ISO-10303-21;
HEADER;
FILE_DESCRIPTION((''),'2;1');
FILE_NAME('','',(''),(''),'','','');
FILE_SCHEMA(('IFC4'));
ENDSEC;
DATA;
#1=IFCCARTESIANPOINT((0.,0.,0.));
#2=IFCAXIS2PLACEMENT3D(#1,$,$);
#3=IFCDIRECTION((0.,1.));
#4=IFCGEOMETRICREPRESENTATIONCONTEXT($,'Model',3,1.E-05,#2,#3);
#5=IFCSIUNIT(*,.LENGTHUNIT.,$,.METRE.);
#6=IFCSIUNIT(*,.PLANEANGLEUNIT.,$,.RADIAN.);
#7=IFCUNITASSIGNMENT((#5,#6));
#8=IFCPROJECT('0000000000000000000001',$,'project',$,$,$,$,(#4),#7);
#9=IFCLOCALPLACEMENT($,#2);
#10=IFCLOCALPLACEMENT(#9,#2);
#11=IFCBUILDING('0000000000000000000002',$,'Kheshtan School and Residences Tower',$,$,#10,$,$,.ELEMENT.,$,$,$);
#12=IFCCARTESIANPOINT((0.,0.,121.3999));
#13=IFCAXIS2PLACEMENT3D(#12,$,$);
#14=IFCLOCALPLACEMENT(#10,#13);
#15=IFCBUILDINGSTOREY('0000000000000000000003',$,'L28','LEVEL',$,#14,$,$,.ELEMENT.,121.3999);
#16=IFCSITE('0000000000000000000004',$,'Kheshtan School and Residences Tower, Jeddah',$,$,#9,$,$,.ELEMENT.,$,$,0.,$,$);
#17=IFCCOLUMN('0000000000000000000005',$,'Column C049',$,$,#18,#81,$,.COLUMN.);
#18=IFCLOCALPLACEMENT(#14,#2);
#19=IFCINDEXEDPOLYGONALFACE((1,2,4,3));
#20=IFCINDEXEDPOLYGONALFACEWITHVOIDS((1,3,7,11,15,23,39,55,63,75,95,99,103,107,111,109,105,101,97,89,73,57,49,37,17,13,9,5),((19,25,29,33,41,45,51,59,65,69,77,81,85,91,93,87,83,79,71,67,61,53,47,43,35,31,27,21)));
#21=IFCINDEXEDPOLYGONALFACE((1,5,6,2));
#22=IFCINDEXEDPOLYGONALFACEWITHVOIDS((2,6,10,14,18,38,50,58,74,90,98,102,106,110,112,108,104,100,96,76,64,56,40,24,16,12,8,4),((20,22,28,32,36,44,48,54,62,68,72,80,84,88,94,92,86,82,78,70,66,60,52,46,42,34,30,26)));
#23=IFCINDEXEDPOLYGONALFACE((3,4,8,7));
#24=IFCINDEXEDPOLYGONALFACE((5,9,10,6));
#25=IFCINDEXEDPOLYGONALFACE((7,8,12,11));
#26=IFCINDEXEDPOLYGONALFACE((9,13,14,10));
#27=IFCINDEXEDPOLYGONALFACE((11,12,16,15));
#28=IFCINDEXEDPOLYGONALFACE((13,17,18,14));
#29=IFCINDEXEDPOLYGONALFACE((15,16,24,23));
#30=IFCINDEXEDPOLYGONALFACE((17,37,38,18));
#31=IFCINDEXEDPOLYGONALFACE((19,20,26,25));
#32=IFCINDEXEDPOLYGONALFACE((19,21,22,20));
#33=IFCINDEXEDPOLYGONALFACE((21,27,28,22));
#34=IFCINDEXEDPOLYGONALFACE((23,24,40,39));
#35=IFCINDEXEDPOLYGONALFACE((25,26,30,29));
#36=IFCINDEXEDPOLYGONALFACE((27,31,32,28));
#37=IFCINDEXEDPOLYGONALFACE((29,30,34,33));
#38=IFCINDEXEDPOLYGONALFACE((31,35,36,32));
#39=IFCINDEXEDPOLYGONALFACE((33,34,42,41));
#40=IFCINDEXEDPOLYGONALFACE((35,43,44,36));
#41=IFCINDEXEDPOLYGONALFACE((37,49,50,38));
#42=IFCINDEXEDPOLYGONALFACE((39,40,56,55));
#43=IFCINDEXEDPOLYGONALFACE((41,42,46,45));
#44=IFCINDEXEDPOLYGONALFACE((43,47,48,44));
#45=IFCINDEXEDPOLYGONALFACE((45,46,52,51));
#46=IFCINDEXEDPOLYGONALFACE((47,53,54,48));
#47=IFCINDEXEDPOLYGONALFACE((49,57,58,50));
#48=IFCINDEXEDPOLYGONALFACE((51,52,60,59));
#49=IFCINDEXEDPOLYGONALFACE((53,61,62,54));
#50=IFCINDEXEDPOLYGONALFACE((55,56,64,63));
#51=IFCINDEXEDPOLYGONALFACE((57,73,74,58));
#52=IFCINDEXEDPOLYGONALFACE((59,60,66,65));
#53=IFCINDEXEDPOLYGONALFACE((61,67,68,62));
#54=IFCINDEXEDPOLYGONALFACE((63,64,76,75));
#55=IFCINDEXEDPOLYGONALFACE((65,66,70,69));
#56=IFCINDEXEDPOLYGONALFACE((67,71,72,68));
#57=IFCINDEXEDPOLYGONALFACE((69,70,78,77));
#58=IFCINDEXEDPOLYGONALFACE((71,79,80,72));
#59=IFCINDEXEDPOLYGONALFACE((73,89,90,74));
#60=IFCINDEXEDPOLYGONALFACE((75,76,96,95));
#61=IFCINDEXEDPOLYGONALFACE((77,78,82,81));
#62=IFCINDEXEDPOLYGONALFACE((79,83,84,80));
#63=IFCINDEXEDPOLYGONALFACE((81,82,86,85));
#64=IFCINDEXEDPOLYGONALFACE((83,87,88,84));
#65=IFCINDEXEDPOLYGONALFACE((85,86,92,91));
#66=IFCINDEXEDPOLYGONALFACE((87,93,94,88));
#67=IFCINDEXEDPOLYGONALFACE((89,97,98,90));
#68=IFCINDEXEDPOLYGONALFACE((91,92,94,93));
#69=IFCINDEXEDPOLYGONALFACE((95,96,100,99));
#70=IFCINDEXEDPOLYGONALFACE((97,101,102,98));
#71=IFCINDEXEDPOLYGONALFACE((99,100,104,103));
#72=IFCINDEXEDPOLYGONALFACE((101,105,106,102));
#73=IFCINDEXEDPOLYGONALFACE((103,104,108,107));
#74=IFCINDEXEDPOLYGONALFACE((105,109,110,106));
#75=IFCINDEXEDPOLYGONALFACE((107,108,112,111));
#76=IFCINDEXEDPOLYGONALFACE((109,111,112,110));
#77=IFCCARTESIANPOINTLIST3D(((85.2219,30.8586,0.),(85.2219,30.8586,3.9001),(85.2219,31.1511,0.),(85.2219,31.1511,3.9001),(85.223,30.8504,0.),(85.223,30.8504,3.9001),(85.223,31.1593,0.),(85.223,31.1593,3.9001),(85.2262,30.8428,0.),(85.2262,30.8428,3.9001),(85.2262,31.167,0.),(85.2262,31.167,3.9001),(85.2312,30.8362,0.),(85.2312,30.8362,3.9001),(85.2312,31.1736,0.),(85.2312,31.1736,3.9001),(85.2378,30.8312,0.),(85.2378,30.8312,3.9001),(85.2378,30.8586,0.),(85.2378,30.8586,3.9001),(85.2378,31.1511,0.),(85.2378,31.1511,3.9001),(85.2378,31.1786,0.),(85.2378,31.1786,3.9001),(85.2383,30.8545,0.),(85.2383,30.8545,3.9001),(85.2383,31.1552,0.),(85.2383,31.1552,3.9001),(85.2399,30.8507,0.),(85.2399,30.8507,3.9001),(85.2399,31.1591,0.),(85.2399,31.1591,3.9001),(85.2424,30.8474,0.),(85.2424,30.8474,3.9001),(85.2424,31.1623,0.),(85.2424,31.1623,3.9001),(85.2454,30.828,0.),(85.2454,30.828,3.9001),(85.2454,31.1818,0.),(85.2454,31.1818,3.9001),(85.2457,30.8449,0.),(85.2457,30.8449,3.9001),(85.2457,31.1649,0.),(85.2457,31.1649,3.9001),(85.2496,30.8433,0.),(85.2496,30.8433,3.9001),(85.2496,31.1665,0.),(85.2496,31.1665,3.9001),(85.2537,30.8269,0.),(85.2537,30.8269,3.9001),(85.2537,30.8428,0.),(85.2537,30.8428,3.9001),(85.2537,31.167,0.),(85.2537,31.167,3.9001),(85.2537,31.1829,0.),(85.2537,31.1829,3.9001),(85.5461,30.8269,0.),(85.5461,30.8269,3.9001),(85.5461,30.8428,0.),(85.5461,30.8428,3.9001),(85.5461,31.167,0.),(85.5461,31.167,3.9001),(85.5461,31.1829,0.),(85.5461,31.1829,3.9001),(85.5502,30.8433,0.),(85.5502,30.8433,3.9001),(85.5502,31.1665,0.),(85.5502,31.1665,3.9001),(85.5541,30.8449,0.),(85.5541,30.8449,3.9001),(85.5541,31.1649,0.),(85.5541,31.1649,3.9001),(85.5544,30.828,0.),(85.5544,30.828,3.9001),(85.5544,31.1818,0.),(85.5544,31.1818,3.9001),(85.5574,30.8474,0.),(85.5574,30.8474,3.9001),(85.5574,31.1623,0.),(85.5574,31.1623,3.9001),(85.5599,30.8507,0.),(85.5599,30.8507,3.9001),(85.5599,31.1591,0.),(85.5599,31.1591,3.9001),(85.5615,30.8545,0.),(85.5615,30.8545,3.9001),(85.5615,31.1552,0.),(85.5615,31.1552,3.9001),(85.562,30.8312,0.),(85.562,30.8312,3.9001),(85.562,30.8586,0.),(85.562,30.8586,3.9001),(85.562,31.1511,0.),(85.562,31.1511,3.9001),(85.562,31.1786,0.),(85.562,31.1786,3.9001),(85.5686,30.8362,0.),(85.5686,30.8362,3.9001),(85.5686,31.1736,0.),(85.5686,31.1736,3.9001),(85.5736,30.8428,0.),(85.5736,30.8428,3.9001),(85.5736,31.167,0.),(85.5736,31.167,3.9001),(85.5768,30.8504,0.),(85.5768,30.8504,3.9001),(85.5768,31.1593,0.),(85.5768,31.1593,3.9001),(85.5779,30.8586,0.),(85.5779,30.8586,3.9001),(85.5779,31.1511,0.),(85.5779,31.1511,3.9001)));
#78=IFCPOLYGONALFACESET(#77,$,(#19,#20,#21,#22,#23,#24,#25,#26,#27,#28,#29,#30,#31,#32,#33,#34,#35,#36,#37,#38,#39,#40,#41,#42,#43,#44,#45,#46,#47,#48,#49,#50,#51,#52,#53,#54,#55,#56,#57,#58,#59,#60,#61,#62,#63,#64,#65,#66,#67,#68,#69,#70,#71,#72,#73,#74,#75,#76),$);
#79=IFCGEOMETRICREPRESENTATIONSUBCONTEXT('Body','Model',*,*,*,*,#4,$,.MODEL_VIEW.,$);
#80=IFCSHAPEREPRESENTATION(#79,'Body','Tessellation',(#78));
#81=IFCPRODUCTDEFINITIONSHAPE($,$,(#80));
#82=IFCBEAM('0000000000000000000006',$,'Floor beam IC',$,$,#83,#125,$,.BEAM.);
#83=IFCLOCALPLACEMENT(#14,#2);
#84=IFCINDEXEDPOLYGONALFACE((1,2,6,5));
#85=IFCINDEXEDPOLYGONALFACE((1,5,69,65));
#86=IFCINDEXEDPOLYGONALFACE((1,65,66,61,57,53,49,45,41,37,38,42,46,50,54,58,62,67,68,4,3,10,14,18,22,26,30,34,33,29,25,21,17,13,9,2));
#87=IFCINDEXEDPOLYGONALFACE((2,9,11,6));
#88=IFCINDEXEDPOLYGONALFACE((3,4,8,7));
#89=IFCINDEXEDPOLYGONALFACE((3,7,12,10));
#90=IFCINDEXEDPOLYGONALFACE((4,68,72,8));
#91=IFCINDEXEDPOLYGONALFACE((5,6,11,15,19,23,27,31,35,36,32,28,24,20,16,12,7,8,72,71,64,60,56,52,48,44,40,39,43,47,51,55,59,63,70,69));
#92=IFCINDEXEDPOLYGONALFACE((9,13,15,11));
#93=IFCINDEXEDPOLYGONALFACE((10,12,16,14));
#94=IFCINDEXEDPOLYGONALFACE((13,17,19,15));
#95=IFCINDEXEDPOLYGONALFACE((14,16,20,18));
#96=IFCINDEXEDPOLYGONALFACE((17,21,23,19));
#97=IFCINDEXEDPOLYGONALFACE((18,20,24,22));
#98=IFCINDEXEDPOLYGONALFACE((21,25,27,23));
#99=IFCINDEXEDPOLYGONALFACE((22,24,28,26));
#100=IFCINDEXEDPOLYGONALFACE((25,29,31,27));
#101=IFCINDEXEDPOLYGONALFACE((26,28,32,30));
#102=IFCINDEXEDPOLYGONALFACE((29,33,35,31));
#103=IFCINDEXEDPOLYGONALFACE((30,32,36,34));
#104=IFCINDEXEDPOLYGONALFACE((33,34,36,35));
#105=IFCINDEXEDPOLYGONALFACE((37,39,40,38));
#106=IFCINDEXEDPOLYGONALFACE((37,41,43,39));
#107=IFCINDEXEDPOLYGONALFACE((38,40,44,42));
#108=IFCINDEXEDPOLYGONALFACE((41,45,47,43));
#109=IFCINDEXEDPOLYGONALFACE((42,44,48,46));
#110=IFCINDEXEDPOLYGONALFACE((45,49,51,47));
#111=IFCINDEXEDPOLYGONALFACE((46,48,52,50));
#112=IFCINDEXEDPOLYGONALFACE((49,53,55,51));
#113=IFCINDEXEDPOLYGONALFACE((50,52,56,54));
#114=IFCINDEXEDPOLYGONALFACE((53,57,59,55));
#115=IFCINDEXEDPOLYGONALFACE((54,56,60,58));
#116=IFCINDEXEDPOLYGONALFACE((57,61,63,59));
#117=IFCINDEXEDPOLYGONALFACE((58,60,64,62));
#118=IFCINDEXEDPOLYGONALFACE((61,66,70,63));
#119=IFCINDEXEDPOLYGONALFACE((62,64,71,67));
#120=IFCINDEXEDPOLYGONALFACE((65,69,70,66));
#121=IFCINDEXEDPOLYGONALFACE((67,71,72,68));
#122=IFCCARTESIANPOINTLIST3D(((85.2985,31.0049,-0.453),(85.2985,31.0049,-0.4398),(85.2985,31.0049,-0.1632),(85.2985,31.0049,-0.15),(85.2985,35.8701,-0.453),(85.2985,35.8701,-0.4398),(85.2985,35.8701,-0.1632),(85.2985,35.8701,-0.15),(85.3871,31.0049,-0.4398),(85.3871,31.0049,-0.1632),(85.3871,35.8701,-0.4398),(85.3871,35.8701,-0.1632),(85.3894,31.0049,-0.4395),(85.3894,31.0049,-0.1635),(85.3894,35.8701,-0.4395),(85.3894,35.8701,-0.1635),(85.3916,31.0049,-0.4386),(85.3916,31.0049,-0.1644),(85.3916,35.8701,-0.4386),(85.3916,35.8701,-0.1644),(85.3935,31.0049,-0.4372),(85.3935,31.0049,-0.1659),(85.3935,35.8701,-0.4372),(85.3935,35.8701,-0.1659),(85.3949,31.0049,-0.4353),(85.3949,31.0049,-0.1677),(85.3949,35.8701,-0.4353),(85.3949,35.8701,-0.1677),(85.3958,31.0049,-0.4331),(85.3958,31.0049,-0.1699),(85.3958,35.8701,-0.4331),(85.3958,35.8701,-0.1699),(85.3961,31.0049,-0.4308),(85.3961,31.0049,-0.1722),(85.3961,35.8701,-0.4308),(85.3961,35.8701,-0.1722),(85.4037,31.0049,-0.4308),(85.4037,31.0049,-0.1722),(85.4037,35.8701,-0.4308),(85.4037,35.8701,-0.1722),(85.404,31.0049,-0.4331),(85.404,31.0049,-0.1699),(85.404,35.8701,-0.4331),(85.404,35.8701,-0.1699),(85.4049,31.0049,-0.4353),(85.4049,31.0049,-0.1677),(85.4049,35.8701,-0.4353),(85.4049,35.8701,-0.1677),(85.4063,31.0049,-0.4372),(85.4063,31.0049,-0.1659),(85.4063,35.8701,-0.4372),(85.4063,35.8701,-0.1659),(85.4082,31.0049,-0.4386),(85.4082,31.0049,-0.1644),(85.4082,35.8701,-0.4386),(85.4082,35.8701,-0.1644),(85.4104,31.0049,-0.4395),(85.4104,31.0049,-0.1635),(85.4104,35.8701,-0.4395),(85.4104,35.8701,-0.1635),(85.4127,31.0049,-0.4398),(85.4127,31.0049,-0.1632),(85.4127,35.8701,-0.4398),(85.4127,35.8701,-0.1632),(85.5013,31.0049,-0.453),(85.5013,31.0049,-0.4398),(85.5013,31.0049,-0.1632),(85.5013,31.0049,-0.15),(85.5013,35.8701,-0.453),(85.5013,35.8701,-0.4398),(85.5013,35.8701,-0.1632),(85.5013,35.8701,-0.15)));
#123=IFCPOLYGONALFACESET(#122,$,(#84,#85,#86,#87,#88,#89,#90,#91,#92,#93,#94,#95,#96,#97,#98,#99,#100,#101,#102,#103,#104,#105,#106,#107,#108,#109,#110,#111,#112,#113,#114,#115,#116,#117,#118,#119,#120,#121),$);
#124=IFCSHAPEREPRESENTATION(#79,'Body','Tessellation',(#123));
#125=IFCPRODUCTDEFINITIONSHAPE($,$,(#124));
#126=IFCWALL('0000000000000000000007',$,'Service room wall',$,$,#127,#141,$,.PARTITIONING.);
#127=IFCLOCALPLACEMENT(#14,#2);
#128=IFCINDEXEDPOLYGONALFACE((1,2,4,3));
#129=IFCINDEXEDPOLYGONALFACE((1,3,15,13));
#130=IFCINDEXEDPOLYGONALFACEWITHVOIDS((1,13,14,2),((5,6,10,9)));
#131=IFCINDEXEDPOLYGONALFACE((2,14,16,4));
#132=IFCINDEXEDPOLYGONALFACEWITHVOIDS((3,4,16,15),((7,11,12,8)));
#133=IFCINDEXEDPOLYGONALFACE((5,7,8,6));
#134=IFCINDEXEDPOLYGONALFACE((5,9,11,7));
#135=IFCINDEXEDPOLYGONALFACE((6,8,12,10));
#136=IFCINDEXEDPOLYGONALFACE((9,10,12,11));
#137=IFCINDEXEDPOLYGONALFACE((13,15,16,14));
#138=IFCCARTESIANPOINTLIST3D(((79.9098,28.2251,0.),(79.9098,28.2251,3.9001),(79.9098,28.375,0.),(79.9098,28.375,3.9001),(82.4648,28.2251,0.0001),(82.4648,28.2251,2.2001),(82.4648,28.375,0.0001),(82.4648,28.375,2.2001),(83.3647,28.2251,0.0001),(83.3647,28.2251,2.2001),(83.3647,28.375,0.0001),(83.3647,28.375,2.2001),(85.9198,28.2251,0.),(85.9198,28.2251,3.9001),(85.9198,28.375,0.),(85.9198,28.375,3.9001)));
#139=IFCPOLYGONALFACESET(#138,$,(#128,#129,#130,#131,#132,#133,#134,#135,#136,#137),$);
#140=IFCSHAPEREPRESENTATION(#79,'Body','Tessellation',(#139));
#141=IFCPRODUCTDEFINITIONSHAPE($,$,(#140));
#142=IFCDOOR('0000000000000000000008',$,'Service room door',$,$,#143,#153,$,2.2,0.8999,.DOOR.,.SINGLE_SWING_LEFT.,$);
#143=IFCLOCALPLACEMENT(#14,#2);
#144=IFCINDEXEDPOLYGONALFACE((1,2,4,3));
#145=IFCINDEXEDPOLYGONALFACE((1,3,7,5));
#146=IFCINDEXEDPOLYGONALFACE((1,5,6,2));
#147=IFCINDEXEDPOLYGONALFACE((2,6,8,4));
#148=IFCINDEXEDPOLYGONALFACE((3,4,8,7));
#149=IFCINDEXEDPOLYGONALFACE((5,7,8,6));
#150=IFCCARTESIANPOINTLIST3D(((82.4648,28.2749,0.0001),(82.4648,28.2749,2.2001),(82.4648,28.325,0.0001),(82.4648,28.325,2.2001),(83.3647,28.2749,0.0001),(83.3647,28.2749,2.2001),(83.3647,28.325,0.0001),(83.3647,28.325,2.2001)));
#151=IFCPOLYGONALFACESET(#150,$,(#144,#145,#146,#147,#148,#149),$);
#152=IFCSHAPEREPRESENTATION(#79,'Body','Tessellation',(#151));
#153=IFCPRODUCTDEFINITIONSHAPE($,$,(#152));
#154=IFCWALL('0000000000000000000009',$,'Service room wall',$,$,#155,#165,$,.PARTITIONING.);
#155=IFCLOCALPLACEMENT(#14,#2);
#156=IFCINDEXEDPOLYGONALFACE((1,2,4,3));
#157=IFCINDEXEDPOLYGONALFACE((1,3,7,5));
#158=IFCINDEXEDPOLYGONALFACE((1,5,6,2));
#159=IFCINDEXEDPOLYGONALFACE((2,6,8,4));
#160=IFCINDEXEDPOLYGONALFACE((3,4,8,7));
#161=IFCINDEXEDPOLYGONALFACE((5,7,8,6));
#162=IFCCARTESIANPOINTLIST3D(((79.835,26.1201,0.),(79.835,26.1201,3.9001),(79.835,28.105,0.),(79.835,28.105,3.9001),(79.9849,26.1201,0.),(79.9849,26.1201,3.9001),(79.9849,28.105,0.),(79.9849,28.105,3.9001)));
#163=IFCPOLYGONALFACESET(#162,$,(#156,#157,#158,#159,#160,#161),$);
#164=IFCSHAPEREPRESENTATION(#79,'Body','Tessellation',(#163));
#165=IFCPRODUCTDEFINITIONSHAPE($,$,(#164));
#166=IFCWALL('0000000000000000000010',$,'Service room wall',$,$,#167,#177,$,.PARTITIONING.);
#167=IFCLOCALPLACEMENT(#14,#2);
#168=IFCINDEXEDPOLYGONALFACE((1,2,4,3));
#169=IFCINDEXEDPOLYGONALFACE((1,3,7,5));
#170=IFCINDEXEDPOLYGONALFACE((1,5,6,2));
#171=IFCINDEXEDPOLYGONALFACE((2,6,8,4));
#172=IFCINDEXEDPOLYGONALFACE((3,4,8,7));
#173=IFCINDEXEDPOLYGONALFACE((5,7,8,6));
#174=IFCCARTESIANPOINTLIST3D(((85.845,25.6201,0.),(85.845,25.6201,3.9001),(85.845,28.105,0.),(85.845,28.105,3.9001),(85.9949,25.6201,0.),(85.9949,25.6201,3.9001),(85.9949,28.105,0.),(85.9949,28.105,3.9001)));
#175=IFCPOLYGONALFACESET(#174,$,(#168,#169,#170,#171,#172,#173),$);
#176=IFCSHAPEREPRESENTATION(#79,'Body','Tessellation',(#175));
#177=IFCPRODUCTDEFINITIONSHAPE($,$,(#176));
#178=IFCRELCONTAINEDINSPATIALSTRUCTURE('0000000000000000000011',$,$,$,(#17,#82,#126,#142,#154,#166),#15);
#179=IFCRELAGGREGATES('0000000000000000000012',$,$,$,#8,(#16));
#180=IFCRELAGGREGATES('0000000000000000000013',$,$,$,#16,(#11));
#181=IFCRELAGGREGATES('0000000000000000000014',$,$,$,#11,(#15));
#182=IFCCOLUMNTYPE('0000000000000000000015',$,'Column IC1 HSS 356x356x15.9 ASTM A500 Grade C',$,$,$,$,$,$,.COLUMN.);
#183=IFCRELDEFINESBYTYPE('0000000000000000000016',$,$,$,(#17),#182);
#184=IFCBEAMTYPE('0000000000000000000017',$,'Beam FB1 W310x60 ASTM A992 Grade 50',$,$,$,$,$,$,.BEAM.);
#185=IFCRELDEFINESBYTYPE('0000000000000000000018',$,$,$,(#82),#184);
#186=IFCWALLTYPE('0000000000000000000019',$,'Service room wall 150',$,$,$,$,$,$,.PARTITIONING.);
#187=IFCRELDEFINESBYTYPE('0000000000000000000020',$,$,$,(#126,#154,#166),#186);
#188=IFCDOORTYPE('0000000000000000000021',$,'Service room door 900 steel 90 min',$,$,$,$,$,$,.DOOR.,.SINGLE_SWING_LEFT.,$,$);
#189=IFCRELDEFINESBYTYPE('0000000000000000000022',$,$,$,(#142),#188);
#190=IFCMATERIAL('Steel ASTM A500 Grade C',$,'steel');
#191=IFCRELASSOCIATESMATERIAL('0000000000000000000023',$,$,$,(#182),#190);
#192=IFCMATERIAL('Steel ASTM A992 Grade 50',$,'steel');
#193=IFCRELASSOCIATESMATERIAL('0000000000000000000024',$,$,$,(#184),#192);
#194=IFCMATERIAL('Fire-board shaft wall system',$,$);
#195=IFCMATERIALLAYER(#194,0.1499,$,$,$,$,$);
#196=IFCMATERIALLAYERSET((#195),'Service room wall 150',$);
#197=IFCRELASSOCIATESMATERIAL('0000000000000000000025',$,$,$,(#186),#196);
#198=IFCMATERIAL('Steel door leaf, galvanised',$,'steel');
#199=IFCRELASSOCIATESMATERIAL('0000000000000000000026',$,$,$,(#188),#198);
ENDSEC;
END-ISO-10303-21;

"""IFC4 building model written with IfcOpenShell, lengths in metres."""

from ifc_helpers import new_model, si_unit, direction, frame, frame_2d, origin, origin_2d, place, context, subcontext, project, spatial, rectangle, hollow_rectangle, i_section, extrude, source, transform, mapped, material, layer, layer_set, material_profile, profile_set, type_object, element, fill, save


model = new_model("IFC4")

# Units and contexts
model_context = context("Model", 3, precision=1e-05, world=origin(), true_north=direction((0.0, 1.0)))
body_context = subcontext(model_context, "Body", "Model", "MODEL_VIEW")
ifc_project = project(units=[si_unit("LENGTHUNIT", "METRE"), si_unit("PLANEANGLEUNIT", "RADIAN")], contexts=[model_context])

# Site, building, storey
site_placement = place(None, origin())
site = spatial("IfcSite", under=ifc_project, at=site_placement, Name="Kheshtan School and Residences Tower, Jeddah", CompositionType="ELEMENT", RefElevation=0.0)
building_placement = place(site_placement, origin())
building = spatial("IfcBuilding", under=site, at=building_placement, Name="Kheshtan School and Residences Tower", CompositionType="ELEMENT")
storey_placement = place(building_placement, frame((0.0, 0.0, 121.3999)))
storey = spatial("IfcBuildingStorey", under=building, at=storey_placement, Name="L28", Description="LEVEL", CompositionType="ELEMENT", Elevation=121.3999)

# Column
ifc_material_1 = material(Name="Steel ASTM A500 Grade C", Category="steel")
ifc_material_profile_1 = material_profile(ifc_material_1, hollow_rectangle(XDim=0.356, YDim=0.356, WallThickness=0.0159, InnerFilletRadius=0.0159, OuterFilletRadius=0.0317, at=origin_2d()), Name="HSS 356x356x15.9")
ifc_profile_set_1 = profile_set([ifc_material_profile_1], Name="Steel ASTM A500 Grade C")
column_type = type_object("IfcColumnType", Name="Column IC1 HSS 356x356x15.9 ASTM A500 Grade C", PredefinedType="COLUMN", material=ifc_profile_set_1)
column_placement = place(storey_placement, frame((85.3999, 31.0049, 0.0), z_axis=(0.0, 0.0, 1.0), x_axis=(1.0, 0.0, 0.0)))
element("IfcColumn", 1, at=column_placement, inside=storey, type_object=column_type, Name="Column C049", PredefinedType="COLUMN", context=body_context, shape_type="SweptSolid", body=[
    extrude(hollow_rectangle(XDim=0.356, YDim=0.356, WallThickness=0.0159, InnerFilletRadius=0.0159, OuterFilletRadius=0.0317, at=origin_2d()), origin(), (0.0, 0.0, 1.0), 3.9001),
])

# Beam
ifc_material_2 = material(Name="Steel ASTM A992 Grade 50", Category="steel")
ifc_material_profile_2 = material_profile(ifc_material_2, i_section(OverallWidth=0.2029, OverallDepth=0.303, WebThickness=0.0076, FlangeThickness=0.0132, FilletRadius=0.009, at=origin_2d()), Name="W310x60")
ifc_profile_set_2 = profile_set([ifc_material_profile_2], Name="Steel ASTM A992 Grade 50")
beam_type = type_object("IfcBeamType", Name="Beam FB1 W310x60 ASTM A992 Grade 50", PredefinedType="BEAM", material=ifc_profile_set_2)
beam_placement = place(storey_placement, frame((85.3999, 31.0049, -0.3015), z_axis=(0.0, 1.0, 0.0), x_axis=(-1.0, 0.0, 0.0)))
element("IfcBeam", 2, at=beam_placement, inside=storey, type_object=beam_type, Name="Floor beam IC", PredefinedType="BEAM", context=body_context, shape_type="SweptSolid", body=[
    extrude(i_section(OverallWidth=0.2029, OverallDepth=0.303, WebThickness=0.0076, FlangeThickness=0.0132, FilletRadius=0.009, at=origin_2d()), origin(), (0.0, 0.0, 1.0), 4.8652),
])

# Wall, opening, door
ifc_material_3 = material(Name="Fire-board shaft wall system")
ifc_layer_1 = layer(ifc_material_3, 0.1499)
ifc_layer_set_1 = layer_set([ifc_layer_1], Name="Service room wall 150")
wall_type_1 = type_object("IfcWallType", Name="Service room wall 150", PredefinedType="PARTITIONING", material=ifc_layer_set_1)
wall_1_placement = place(storey_placement, frame((79.9099, 28.3, 0.0), z_axis=(0.0, 0.0, 1.0), x_axis=(1.0, 0.0, 0.0)))
wall_1 = element("IfcWall", 3, at=wall_1_placement, inside=storey, type_object=wall_type_1, Name="Service room wall", PredefinedType="PARTITIONING", context=body_context, shape_type="SweptSolid", body=[
    extrude(rectangle(XDim=6.01, YDim=0.1499, at=frame_2d((3.0049, 0.0))), origin(), (0.0, 0.0, 1.0), 3.9001),
])
opening_1_placement = place(wall_1_placement, frame((2.5549, 0.0, 0.0)))
opening_1 = element("IfcOpeningElement", 4, at=opening_1_placement, cuts=wall_1, PredefinedType="OPENING", context=body_context, shape_type="SweptSolid", body=[
    extrude(rectangle(XDim=0.8999, YDim=2.2, at=frame_2d((0.45, 1.1001))), frame((0.0, 0.085, 0.0), z_axis=(0.0, -1.0, 0.0), x_axis=(1.0, 0.0, 0.0)), (0.0, 0.0, 1.0), 0.1699),
])
ifc_material_4 = material(Name="Steel door leaf, galvanised", Category="steel")
door_type_1 = type_object("IfcDoorType", Name="Service room door 900 steel 90 min", OperationType="SINGLE_SWING_LEFT", PredefinedType="DOOR", material=ifc_material_4)
shared_shape_1 = source(origin(), body_context, "Body", "SweptSolid", [
    extrude(rectangle(XDim=0.8999, YDim=2.2, at=frame_2d((0.45, 1.1001))), frame((0.0, 0.0249, 0.0), z_axis=(0.0, -1.0, 0.0), x_axis=(1.0, 0.0, 0.0)), (0.0, 0.0, 1.0), 0.05),
])
door_1_placement = place(opening_1_placement, origin())
door_1 = element("IfcDoor", 5, at=door_1_placement, inside=storey, type_object=door_type_1, Name="Service room door", OperationType="SINGLE_SWING_LEFT", OverallHeight=2.2, OverallWidth=0.8999, PredefinedType="DOOR", context=body_context, shape_type="MappedRepresentation", body=[
    mapped(shared_shape_1, transform((0.0, 0.0, 0.0), x_axis=(1.0, 0.0, 0.0), y_axis=(0.0, 1.0, 0.0), z_axis=(0.0, 0.0, 1.0), scale=1.0)),
])
fill(opening_1, door_1)

# Walls
wall_2_placement = place(storey_placement, frame((79.9099, 26.1201, 0.0), z_axis=(0.0, 0.0, 1.0), x_axis=(0.0, 1.0, 0.0)))
element("IfcWall", 6, at=wall_2_placement, inside=storey, type_object=wall_type_1, Name="Service room wall", PredefinedType="PARTITIONING", context=body_context, shape_type="SweptSolid", body=[
    extrude(rectangle(XDim=1.9849, YDim=0.1499, at=frame_2d((0.9924, 0.0))), origin(), (0.0, 0.0, 1.0), 3.9001),
])
wall_3_placement = place(storey_placement, frame((85.9199, 25.6201, 0.0), z_axis=(0.0, 0.0, 1.0), x_axis=(0.0, 1.0, 0.0)))
element("IfcWall", 7, at=wall_3_placement, inside=storey, type_object=wall_type_1, Name="Service room wall", PredefinedType="PARTITIONING", context=body_context, shape_type="SweptSolid", body=[
    extrude(rectangle(XDim=2.4849, YDim=0.1499, at=frame_2d((1.2424, 0.0))), origin(), (0.0, 0.0, 1.0), 3.9001),
])

save(model, "model.ifc")
